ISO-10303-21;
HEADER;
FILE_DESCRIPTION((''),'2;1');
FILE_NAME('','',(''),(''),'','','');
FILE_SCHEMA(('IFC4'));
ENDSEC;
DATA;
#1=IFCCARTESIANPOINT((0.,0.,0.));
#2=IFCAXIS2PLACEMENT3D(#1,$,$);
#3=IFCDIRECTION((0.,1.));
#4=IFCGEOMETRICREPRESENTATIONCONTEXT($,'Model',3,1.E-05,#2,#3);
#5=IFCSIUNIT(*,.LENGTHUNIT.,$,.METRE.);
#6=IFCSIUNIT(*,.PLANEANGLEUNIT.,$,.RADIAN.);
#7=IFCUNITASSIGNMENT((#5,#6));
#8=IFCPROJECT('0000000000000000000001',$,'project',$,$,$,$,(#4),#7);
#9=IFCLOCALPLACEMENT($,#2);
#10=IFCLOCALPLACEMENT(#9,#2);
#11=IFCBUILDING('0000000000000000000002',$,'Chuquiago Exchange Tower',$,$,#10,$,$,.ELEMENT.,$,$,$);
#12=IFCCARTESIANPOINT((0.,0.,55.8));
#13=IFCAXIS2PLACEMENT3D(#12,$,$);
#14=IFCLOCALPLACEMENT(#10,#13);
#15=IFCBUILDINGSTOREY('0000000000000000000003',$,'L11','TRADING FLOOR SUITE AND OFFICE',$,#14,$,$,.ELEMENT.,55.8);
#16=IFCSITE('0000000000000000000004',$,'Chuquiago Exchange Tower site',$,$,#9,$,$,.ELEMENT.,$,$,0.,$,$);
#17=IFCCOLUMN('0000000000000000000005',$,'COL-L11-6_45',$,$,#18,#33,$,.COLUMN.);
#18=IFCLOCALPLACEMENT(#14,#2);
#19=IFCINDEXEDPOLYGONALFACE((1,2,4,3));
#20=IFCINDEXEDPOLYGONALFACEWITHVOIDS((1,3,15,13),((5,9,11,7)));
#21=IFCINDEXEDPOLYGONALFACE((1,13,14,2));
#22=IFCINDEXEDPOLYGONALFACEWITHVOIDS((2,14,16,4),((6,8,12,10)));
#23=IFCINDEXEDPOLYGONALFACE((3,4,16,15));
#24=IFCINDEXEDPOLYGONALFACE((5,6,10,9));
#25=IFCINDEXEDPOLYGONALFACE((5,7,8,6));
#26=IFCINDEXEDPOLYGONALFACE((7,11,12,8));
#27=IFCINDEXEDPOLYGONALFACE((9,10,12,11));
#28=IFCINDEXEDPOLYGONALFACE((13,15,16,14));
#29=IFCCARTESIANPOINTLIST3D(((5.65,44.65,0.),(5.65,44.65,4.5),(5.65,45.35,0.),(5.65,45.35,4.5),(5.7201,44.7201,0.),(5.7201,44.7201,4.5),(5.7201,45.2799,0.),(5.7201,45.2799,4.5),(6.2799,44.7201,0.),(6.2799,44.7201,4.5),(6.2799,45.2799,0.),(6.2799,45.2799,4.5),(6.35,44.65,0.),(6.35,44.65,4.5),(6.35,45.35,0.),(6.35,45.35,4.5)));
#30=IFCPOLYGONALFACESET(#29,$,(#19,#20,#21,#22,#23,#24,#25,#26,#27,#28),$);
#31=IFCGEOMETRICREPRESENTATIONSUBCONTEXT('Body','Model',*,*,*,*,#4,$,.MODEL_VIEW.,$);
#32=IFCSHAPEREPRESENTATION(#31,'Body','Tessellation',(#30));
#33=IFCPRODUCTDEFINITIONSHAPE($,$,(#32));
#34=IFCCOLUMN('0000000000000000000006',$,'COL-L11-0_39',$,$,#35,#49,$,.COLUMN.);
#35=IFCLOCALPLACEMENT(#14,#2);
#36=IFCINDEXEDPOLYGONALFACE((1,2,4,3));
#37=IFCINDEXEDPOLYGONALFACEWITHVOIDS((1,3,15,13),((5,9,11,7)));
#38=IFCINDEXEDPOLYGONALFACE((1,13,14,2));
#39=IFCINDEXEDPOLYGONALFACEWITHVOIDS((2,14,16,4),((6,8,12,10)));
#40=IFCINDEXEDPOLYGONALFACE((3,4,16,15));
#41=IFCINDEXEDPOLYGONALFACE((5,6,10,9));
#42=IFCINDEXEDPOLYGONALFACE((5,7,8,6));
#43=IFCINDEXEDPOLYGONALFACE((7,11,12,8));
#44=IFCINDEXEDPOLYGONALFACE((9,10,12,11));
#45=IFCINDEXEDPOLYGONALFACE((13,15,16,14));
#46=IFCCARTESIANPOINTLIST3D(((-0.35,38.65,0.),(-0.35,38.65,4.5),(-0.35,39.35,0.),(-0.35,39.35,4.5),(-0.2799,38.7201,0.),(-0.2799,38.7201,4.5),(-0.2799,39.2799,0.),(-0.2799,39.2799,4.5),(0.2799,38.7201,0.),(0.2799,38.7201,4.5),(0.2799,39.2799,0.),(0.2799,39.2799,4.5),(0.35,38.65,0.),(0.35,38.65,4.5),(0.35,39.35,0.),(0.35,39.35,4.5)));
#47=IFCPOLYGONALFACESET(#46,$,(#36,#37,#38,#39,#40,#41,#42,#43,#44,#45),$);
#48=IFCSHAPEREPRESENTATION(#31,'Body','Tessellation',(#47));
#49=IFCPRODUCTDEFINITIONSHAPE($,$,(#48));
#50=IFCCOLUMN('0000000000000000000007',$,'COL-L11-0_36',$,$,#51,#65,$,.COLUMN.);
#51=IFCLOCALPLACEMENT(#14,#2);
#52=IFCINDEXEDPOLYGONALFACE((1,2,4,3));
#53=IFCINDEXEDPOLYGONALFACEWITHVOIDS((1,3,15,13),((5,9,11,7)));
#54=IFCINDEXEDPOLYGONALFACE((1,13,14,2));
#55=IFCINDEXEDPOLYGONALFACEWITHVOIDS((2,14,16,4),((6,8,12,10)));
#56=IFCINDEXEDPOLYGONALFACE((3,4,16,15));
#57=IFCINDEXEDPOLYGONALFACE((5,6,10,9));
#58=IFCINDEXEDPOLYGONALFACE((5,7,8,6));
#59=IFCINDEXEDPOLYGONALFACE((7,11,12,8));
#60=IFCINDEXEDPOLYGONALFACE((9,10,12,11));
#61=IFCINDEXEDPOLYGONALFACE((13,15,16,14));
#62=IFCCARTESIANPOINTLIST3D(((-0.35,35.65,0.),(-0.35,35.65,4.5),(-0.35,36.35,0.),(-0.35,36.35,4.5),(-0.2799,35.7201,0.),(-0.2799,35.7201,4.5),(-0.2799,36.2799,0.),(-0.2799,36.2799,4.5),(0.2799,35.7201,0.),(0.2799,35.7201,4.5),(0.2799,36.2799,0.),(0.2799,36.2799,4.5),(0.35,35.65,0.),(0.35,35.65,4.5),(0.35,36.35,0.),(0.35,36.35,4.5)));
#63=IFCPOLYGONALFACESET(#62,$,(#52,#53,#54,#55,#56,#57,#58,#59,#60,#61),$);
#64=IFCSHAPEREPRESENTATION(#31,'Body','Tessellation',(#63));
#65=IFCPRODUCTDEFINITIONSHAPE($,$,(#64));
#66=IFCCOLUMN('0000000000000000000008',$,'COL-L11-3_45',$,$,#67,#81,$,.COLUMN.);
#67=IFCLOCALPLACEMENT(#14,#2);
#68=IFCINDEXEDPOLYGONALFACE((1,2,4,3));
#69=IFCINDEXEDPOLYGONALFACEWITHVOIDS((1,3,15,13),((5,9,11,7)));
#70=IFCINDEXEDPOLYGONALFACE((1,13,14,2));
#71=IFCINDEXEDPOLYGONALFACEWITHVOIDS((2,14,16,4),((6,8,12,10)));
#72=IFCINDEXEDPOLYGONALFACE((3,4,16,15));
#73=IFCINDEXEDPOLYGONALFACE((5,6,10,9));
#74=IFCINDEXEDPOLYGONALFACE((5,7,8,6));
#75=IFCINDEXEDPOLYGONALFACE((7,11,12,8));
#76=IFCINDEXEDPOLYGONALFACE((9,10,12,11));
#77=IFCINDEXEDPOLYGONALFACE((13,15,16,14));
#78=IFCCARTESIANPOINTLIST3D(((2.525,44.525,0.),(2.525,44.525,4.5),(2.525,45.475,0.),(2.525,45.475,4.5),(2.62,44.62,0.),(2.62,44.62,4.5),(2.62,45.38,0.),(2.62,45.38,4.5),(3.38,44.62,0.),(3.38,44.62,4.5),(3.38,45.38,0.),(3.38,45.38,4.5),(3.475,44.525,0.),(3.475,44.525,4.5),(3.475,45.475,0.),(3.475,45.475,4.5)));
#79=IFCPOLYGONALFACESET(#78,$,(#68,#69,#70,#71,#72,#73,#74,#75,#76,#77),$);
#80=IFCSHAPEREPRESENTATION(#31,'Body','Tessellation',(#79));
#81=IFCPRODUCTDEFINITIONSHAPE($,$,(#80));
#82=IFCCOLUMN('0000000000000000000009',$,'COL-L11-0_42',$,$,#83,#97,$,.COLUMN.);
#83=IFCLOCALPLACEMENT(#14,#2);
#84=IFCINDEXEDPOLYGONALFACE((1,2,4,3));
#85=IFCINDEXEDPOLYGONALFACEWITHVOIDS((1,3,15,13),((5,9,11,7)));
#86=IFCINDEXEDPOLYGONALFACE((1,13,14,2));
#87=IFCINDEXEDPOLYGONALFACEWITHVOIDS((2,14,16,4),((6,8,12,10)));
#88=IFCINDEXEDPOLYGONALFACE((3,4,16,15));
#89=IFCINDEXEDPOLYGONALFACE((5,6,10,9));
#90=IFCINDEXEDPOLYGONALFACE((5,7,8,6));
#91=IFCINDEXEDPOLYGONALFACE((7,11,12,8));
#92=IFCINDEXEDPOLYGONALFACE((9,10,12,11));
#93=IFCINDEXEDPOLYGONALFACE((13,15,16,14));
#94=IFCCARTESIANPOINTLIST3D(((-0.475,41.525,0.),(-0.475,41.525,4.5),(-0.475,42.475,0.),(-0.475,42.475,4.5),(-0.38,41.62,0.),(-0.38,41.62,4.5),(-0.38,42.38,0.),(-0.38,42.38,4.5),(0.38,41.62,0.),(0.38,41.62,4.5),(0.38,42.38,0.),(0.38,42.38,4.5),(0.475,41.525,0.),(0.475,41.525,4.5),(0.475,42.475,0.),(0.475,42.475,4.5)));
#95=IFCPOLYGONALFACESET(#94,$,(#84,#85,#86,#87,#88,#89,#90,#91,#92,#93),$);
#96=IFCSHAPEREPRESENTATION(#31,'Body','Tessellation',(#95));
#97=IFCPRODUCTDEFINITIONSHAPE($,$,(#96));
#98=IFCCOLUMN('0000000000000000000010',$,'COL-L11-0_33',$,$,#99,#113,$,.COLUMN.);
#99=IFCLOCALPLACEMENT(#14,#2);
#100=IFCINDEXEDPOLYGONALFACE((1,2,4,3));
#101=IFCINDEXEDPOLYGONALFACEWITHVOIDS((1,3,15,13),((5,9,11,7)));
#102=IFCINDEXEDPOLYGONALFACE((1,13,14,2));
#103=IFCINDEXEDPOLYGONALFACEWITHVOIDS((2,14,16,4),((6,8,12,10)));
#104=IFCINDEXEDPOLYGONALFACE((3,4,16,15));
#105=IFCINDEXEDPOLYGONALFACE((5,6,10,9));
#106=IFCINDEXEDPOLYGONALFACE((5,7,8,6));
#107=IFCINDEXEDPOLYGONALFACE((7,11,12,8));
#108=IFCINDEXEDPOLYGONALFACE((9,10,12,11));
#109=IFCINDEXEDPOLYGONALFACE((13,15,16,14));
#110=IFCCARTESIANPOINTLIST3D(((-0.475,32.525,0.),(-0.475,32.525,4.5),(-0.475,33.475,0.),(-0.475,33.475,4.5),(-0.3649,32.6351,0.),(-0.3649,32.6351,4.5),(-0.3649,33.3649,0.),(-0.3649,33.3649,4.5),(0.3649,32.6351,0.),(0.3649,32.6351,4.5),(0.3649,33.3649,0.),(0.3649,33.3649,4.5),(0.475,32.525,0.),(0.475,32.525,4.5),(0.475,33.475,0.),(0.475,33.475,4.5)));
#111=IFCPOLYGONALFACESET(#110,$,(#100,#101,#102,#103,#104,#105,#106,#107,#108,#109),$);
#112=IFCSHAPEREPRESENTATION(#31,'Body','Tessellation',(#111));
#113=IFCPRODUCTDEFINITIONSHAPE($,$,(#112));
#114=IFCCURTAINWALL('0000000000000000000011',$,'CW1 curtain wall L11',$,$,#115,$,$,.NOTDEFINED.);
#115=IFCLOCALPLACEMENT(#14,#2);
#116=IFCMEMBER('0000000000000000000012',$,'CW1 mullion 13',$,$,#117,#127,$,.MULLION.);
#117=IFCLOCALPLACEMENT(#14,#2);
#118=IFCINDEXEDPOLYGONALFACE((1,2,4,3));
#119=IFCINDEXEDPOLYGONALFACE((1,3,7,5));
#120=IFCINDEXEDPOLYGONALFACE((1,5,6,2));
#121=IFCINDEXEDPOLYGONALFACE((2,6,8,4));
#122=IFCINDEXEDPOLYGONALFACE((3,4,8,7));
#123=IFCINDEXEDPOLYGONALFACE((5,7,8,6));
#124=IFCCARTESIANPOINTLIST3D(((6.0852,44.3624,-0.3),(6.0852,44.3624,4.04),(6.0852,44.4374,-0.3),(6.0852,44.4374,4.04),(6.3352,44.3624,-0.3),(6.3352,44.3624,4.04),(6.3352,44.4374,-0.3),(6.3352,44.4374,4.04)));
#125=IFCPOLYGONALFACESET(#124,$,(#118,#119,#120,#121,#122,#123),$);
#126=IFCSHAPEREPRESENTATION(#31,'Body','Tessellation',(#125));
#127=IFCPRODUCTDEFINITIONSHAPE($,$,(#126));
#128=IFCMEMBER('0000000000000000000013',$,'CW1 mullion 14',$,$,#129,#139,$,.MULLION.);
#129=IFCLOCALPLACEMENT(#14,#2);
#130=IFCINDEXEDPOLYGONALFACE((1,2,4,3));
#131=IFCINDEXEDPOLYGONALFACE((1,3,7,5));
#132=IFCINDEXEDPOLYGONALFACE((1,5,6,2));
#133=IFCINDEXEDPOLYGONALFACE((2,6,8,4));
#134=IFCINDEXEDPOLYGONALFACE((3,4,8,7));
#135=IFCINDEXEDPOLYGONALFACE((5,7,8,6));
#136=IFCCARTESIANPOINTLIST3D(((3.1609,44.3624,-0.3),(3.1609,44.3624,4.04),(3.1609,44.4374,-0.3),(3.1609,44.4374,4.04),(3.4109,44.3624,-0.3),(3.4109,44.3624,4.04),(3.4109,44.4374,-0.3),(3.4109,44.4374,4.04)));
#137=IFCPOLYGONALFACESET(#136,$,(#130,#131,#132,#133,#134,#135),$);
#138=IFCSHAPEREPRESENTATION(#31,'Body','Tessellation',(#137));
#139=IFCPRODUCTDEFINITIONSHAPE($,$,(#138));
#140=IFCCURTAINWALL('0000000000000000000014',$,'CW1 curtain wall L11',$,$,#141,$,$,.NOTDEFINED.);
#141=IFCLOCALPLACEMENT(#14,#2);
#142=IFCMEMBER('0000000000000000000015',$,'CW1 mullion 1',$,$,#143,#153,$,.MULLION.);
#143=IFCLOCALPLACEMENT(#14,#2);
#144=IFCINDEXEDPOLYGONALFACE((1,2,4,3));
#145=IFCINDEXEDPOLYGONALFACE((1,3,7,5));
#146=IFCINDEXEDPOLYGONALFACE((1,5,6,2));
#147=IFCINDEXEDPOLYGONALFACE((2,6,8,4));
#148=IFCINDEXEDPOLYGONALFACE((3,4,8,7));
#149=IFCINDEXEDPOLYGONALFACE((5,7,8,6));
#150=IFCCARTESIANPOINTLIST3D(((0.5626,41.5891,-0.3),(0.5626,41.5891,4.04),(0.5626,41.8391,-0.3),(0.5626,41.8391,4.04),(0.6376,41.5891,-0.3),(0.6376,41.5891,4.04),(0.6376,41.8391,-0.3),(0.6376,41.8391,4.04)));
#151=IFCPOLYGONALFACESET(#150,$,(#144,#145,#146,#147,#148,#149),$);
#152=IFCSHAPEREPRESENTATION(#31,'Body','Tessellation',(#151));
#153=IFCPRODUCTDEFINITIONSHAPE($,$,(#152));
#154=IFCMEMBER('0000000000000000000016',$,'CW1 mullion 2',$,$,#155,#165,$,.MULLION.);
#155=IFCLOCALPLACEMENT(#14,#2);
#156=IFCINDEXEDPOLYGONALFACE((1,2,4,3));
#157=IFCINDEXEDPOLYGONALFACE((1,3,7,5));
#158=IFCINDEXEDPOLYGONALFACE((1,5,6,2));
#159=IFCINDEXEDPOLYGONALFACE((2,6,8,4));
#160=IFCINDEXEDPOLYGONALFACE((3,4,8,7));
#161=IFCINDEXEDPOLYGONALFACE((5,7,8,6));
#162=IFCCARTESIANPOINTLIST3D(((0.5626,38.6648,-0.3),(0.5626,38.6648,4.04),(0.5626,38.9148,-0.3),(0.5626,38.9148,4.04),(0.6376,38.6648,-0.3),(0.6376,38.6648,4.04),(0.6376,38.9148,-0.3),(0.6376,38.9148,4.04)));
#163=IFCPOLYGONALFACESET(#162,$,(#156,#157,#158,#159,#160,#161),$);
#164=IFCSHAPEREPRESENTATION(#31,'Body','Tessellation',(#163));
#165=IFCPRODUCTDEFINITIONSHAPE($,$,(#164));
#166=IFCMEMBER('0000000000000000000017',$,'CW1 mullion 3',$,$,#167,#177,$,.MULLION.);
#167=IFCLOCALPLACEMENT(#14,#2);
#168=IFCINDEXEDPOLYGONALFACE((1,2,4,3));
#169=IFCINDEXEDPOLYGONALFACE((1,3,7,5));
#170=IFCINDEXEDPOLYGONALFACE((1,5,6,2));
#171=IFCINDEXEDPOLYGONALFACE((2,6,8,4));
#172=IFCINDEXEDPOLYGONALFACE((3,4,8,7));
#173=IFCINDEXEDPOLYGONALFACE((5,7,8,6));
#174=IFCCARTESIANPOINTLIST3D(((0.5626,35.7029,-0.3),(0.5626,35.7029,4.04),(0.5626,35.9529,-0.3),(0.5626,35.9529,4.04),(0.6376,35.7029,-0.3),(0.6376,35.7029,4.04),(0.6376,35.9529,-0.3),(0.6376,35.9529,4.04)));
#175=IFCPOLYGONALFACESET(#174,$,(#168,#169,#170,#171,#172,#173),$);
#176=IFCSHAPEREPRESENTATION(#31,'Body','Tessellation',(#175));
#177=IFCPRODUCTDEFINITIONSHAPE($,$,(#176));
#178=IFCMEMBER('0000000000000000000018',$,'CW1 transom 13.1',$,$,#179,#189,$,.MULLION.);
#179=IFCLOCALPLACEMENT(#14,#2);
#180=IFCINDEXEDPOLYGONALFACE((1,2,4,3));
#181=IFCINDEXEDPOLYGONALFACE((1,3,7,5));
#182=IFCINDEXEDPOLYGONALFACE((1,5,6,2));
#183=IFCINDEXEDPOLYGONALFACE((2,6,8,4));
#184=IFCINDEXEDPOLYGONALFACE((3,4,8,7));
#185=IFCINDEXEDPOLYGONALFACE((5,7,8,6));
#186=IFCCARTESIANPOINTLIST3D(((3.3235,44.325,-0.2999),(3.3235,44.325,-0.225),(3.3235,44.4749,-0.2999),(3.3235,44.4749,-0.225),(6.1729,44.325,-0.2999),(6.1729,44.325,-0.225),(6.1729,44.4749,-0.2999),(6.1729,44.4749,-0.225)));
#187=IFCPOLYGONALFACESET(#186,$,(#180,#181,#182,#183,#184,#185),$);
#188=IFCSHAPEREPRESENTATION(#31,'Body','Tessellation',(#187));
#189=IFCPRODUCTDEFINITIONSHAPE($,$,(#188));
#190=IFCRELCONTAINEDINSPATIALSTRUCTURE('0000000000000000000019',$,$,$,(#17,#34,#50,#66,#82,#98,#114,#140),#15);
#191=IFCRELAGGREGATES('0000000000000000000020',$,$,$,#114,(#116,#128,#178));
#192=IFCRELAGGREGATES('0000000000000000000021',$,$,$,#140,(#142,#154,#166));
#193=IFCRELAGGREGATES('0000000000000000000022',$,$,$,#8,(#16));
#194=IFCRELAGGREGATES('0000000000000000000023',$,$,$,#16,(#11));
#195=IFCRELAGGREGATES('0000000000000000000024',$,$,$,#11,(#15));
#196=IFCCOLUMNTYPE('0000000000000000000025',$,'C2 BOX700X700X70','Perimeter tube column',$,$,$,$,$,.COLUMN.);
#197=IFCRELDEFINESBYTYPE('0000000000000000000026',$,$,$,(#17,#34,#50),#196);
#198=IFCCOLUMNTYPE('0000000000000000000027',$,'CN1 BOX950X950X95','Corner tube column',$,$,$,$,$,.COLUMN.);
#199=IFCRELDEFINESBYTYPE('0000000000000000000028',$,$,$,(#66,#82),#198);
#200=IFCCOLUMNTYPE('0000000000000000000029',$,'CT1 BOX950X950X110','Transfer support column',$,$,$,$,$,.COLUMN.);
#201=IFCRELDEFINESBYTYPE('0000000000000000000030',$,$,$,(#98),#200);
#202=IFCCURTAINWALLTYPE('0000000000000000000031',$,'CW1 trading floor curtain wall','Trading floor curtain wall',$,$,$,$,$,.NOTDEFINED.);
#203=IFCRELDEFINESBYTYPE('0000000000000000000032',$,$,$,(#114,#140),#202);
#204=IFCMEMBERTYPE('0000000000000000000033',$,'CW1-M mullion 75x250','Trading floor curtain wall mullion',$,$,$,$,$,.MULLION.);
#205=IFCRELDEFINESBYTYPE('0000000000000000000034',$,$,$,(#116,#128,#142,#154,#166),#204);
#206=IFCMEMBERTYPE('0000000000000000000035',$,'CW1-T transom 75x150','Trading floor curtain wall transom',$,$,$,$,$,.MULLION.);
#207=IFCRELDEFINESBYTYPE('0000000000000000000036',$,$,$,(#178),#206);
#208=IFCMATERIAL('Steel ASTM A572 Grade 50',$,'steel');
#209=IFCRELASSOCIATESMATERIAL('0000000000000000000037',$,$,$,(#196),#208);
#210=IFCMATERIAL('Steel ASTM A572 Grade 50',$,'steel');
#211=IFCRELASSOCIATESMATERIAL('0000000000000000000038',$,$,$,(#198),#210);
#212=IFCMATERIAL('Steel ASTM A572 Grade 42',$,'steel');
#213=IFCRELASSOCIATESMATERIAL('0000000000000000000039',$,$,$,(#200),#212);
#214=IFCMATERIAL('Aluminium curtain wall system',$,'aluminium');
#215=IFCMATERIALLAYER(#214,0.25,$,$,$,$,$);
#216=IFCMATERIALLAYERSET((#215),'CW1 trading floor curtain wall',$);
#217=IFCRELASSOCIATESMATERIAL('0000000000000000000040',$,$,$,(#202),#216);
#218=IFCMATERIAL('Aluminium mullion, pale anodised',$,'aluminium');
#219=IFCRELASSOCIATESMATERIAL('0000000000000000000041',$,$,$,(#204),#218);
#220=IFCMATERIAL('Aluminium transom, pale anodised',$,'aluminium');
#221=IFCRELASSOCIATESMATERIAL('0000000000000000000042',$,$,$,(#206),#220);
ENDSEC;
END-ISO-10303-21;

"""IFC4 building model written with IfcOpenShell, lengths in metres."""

from ifc_helpers import new_model, si_unit, direction, frame, origin, origin_2d, place, context, subcontext, project, spatial, rectangle, hollow_rectangle, extrude, material, layer, layer_set, material_profile, profile_set, type_object, element, aggregate, save


model = new_model("IFC4")

# Units and contexts
model_context = context("Model", 3, precision=1e-05, world=origin(), true_north=direction((0.0, 1.0)))
body_context = subcontext(model_context, "Body", "Model", "MODEL_VIEW")
ifc_project = project(units=[si_unit("LENGTHUNIT", "METRE"), si_unit("PLANEANGLEUNIT", "RADIAN")], contexts=[model_context])

# Site, building, storey
site_placement = place(None, origin())
site = spatial("IfcSite", under=ifc_project, at=site_placement, Name="Chuquiago Exchange Tower site", CompositionType="ELEMENT", RefElevation=0.0)
building_placement = place(site_placement, origin())
building = spatial("IfcBuilding", under=site, at=building_placement, Name="Chuquiago Exchange Tower", CompositionType="ELEMENT")
storey_placement = place(building_placement, frame((0.0, 0.0, 55.8)))
storey = spatial("IfcBuildingStorey", under=building, at=storey_placement, Name="L11", Description="TRADING FLOOR SUITE AND OFFICE", CompositionType="ELEMENT", Elevation=55.8)

# Columns
ifc_material_1 = material(Name="Steel ASTM A572 Grade 50", Category="steel")
ifc_material_profile_1 = material_profile(ifc_material_1, hollow_rectangle(XDim=0.7, YDim=0.7, WallThickness=0.0701, at=origin_2d()), Name="BOX700X700X70")
ifc_profile_set_1 = profile_set([ifc_material_profile_1], Name="Steel ASTM A572 Grade 50")
column_type_1 = type_object("IfcColumnType", Name="C2 BOX700X700X70", Description="Perimeter tube column", PredefinedType="COLUMN", material=ifc_profile_set_1)
for number, where, z_axis, x_axis, name in (
    (1, (6.0, 45.0, 0.0), (0.0, 0.0, 1.0), (0.0, 1.0, 0.0), "COL-L11-6_45"),
    (2, (0.0, 39.0, 0.0), (0.0, 0.0, 1.0), (-1.0, 0.0, 0.0), "COL-L11-0_39"),
    (3, (0.0, 36.0, 0.0), (0.0, 0.0, 1.0), (-1.0, 0.0, 0.0), "COL-L11-0_36"),
):
    element("IfcColumn", number, at=place(storey_placement, frame(where, z_axis=z_axis, x_axis=x_axis)), inside=storey, type_object=column_type_1, Name=name, PredefinedType="COLUMN", context=body_context, shape_type="SweptSolid", body=[
        extrude(hollow_rectangle(XDim=0.7, YDim=0.7, WallThickness=0.0701, at=origin_2d()), origin(), (0.0, 0.0, 1.0), 4.5),
    ])
ifc_material_2 = material(Name="Steel ASTM A572 Grade 50", Category="steel")
ifc_material_profile_2 = material_profile(ifc_material_2, hollow_rectangle(XDim=0.95, YDim=0.95, WallThickness=0.095, at=origin_2d()), Name="BOX950X950X95")
ifc_profile_set_2 = profile_set([ifc_material_profile_2], Name="Steel ASTM A572 Grade 50")
column_type_2 = type_object("IfcColumnType", Name="CN1 BOX950X950X95", Description="Corner tube column", PredefinedType="COLUMN", material=ifc_profile_set_2)
for number, where, z_axis, x_axis, name in (
    (4, (3.0, 45.0, 0.0), (0.0, 0.0, 1.0), (0.0, 1.0, 0.0), "COL-L11-3_45"),
    (5, (0.0, 42.0, 0.0), (0.0, 0.0, 1.0), (-1.0, 0.0, 0.0), "COL-L11-0_42"),
):
    element("IfcColumn", number, at=place(storey_placement, frame(where, z_axis=z_axis, x_axis=x_axis)), inside=storey, type_object=column_type_2, Name=name, PredefinedType="COLUMN", context=body_context, shape_type="SweptSolid", body=[
        extrude(hollow_rectangle(XDim=0.95, YDim=0.95, WallThickness=0.095, at=origin_2d()), origin(), (0.0, 0.0, 1.0), 4.5),
    ])
ifc_material_3 = material(Name="Steel ASTM A572 Grade 42", Category="steel")
ifc_material_profile_3 = material_profile(ifc_material_3, hollow_rectangle(XDim=0.95, YDim=0.95, WallThickness=0.1101, at=origin_2d()), Name="BOX950X950X110")
ifc_profile_set_3 = profile_set([ifc_material_profile_3], Name="Steel ASTM A572 Grade 42")
column_type_3 = type_object("IfcColumnType", Name="CT1 BOX950X950X110", Description="Transfer support column", PredefinedType="COLUMN", material=ifc_profile_set_3)
column_placement = place(storey_placement, frame((0.0, 33.0, 0.0), z_axis=(0.0, 0.0, 1.0), x_axis=(-1.0, 0.0, 0.0)))
element("IfcColumn", 6, at=column_placement, inside=storey, type_object=column_type_3, Name="COL-L11-0_33", PredefinedType="COLUMN", context=body_context, shape_type="SweptSolid", body=[
    extrude(hollow_rectangle(XDim=0.95, YDim=0.95, WallThickness=0.1101, at=origin_2d()), origin(), (0.0, 0.0, 1.0), 4.5),
])

# Curtain walls, members
ifc_material_4 = material(Name="Aluminium curtain wall system", Category="aluminium")
ifc_layer_1 = layer(ifc_material_4, 0.25)
ifc_layer_set_1 = layer_set([ifc_layer_1], Name="CW1 trading floor curtain wall")
curtain_wall_type_1 = type_object("IfcCurtainWallType", Name="CW1 trading floor curtain wall", Description="Trading floor curtain wall", PredefinedType="NOTDEFINED", material=ifc_layer_set_1)
curtain_wall_1_placement = place(storey_placement, origin())
curtain_wall_1 = element("IfcCurtainWall", 7, at=curtain_wall_1_placement, inside=storey, type_object=curtain_wall_type_1, Name="CW1 curtain wall L11", PredefinedType="NOTDEFINED")
ifc_material_5 = material(Name="Aluminium mullion, pale anodised", Category="aluminium")
ifc_material_profile_4 = material_profile(ifc_material_5, rectangle(XDim=0.075, YDim=0.25, at=origin_2d()), Name="AL 75x250")
ifc_profile_set_4 = profile_set([ifc_material_profile_4], Name="Aluminium mullion, pale anodised")
member_type_1 = type_object("IfcMemberType", Name="CW1-M mullion 75x250", Description="Trading floor curtain wall mullion", PredefinedType="MULLION", material=ifc_profile_set_4)
member_1_placement = place(storey_placement, frame((6.2102, 44.3999, -0.3), z_axis=(0.0, 0.0, 1.0), x_axis=(0.0, -1.0, 0.0)))
member_1 = element("IfcMember", 8, at=member_1_placement, type_object=member_type_1, Name="CW1 mullion 13", PredefinedType="MULLION", context=body_context, shape_type="SweptSolid", body=[
    extrude(rectangle(XDim=0.075, YDim=0.25, at=origin_2d()), origin(), (0.0, 0.0, 1.0), 4.3401),
])
member_2_placement = place(storey_placement, frame((3.2859, 44.3999, -0.3), z_axis=(0.0, 0.0, 1.0), x_axis=(0.0, -1.0, 0.0)))
member_2 = element("IfcMember", 9, at=member_2_placement, type_object=member_type_1, Name="CW1 mullion 14", PredefinedType="MULLION", context=body_context, shape_type="SweptSolid", body=[
    extrude(rectangle(XDim=0.075, YDim=0.25, at=origin_2d()), origin(), (0.0, 0.0, 1.0), 4.3401),
])
curtain_wall_2_placement = place(storey_placement, origin())
curtain_wall_2 = element("IfcCurtainWall", 10, at=curtain_wall_2_placement, inside=storey, type_object=curtain_wall_type_1, Name="CW1 curtain wall L11", PredefinedType="NOTDEFINED")
member_3_placement = place(storey_placement, frame((0.6001, 41.7141, -0.3), z_axis=(0.0, 0.0, 1.0), x_axis=(1.0, 0.0, 0.0)))
member_3 = element("IfcMember", 11, at=member_3_placement, type_object=member_type_1, Name="CW1 mullion 1", PredefinedType="MULLION", context=body_context, shape_type="SweptSolid", body=[
    extrude(rectangle(XDim=0.075, YDim=0.25, at=origin_2d()), origin(), (0.0, 0.0, 1.0), 4.3401),
])
member_4_placement = place(storey_placement, frame((0.6001, 38.7898, -0.3), z_axis=(0.0, 0.0, 1.0), x_axis=(1.0, 0.0, 0.0)))
member_4 = element("IfcMember", 12, at=member_4_placement, type_object=member_type_1, Name="CW1 mullion 2", PredefinedType="MULLION", context=body_context, shape_type="SweptSolid", body=[
    extrude(rectangle(XDim=0.075, YDim=0.25, at=origin_2d()), origin(), (0.0, 0.0, 1.0), 4.3401),
])
member_5_placement = place(storey_placement, frame((0.6001, 35.8279, -0.3), z_axis=(0.0, 0.0, 1.0), x_axis=(1.0, 0.0, 0.0)))
member_5 = element("IfcMember", 13, at=member_5_placement, type_object=member_type_1, Name="CW1 mullion 3", PredefinedType="MULLION", context=body_context, shape_type="SweptSolid", body=[
    extrude(rectangle(XDim=0.075, YDim=0.25, at=origin_2d()), origin(), (0.0, 0.0, 1.0), 4.3401),
])

# Member
ifc_material_6 = material(Name="Aluminium transom, pale anodised", Category="aluminium")
ifc_material_profile_5 = material_profile(ifc_material_6, rectangle(XDim=0.1499, YDim=0.075, at=origin_2d()), Name="AL 150x75")
ifc_profile_set_5 = profile_set([ifc_material_profile_5], Name="Aluminium transom, pale anodised")
member_type_2 = type_object("IfcMemberType", Name="CW1-T transom 75x150", Description="Trading floor curtain wall transom", PredefinedType="MULLION", material=ifc_profile_set_5)
member_6_placement = place(storey_placement, frame((6.1729, 44.3999, -0.2625), z_axis=(-1.0, 0.0, 0.0), x_axis=(0.0, -1.0, 0.0)))
member_6 = element("IfcMember", 14, at=member_6_placement, type_object=member_type_2, Name="CW1 transom 13.1", PredefinedType="MULLION", context=body_context, shape_type="SweptSolid", body=[
    extrude(rectangle(XDim=0.1499, YDim=0.075, at=origin_2d()), origin(), (0.0, 0.0, 1.0), 2.8494),
])

aggregate(curtain_wall_1, [member_1, member_2, member_6])
aggregate(curtain_wall_2, [member_3, member_4, member_5])

save(model, "model.ifc")
